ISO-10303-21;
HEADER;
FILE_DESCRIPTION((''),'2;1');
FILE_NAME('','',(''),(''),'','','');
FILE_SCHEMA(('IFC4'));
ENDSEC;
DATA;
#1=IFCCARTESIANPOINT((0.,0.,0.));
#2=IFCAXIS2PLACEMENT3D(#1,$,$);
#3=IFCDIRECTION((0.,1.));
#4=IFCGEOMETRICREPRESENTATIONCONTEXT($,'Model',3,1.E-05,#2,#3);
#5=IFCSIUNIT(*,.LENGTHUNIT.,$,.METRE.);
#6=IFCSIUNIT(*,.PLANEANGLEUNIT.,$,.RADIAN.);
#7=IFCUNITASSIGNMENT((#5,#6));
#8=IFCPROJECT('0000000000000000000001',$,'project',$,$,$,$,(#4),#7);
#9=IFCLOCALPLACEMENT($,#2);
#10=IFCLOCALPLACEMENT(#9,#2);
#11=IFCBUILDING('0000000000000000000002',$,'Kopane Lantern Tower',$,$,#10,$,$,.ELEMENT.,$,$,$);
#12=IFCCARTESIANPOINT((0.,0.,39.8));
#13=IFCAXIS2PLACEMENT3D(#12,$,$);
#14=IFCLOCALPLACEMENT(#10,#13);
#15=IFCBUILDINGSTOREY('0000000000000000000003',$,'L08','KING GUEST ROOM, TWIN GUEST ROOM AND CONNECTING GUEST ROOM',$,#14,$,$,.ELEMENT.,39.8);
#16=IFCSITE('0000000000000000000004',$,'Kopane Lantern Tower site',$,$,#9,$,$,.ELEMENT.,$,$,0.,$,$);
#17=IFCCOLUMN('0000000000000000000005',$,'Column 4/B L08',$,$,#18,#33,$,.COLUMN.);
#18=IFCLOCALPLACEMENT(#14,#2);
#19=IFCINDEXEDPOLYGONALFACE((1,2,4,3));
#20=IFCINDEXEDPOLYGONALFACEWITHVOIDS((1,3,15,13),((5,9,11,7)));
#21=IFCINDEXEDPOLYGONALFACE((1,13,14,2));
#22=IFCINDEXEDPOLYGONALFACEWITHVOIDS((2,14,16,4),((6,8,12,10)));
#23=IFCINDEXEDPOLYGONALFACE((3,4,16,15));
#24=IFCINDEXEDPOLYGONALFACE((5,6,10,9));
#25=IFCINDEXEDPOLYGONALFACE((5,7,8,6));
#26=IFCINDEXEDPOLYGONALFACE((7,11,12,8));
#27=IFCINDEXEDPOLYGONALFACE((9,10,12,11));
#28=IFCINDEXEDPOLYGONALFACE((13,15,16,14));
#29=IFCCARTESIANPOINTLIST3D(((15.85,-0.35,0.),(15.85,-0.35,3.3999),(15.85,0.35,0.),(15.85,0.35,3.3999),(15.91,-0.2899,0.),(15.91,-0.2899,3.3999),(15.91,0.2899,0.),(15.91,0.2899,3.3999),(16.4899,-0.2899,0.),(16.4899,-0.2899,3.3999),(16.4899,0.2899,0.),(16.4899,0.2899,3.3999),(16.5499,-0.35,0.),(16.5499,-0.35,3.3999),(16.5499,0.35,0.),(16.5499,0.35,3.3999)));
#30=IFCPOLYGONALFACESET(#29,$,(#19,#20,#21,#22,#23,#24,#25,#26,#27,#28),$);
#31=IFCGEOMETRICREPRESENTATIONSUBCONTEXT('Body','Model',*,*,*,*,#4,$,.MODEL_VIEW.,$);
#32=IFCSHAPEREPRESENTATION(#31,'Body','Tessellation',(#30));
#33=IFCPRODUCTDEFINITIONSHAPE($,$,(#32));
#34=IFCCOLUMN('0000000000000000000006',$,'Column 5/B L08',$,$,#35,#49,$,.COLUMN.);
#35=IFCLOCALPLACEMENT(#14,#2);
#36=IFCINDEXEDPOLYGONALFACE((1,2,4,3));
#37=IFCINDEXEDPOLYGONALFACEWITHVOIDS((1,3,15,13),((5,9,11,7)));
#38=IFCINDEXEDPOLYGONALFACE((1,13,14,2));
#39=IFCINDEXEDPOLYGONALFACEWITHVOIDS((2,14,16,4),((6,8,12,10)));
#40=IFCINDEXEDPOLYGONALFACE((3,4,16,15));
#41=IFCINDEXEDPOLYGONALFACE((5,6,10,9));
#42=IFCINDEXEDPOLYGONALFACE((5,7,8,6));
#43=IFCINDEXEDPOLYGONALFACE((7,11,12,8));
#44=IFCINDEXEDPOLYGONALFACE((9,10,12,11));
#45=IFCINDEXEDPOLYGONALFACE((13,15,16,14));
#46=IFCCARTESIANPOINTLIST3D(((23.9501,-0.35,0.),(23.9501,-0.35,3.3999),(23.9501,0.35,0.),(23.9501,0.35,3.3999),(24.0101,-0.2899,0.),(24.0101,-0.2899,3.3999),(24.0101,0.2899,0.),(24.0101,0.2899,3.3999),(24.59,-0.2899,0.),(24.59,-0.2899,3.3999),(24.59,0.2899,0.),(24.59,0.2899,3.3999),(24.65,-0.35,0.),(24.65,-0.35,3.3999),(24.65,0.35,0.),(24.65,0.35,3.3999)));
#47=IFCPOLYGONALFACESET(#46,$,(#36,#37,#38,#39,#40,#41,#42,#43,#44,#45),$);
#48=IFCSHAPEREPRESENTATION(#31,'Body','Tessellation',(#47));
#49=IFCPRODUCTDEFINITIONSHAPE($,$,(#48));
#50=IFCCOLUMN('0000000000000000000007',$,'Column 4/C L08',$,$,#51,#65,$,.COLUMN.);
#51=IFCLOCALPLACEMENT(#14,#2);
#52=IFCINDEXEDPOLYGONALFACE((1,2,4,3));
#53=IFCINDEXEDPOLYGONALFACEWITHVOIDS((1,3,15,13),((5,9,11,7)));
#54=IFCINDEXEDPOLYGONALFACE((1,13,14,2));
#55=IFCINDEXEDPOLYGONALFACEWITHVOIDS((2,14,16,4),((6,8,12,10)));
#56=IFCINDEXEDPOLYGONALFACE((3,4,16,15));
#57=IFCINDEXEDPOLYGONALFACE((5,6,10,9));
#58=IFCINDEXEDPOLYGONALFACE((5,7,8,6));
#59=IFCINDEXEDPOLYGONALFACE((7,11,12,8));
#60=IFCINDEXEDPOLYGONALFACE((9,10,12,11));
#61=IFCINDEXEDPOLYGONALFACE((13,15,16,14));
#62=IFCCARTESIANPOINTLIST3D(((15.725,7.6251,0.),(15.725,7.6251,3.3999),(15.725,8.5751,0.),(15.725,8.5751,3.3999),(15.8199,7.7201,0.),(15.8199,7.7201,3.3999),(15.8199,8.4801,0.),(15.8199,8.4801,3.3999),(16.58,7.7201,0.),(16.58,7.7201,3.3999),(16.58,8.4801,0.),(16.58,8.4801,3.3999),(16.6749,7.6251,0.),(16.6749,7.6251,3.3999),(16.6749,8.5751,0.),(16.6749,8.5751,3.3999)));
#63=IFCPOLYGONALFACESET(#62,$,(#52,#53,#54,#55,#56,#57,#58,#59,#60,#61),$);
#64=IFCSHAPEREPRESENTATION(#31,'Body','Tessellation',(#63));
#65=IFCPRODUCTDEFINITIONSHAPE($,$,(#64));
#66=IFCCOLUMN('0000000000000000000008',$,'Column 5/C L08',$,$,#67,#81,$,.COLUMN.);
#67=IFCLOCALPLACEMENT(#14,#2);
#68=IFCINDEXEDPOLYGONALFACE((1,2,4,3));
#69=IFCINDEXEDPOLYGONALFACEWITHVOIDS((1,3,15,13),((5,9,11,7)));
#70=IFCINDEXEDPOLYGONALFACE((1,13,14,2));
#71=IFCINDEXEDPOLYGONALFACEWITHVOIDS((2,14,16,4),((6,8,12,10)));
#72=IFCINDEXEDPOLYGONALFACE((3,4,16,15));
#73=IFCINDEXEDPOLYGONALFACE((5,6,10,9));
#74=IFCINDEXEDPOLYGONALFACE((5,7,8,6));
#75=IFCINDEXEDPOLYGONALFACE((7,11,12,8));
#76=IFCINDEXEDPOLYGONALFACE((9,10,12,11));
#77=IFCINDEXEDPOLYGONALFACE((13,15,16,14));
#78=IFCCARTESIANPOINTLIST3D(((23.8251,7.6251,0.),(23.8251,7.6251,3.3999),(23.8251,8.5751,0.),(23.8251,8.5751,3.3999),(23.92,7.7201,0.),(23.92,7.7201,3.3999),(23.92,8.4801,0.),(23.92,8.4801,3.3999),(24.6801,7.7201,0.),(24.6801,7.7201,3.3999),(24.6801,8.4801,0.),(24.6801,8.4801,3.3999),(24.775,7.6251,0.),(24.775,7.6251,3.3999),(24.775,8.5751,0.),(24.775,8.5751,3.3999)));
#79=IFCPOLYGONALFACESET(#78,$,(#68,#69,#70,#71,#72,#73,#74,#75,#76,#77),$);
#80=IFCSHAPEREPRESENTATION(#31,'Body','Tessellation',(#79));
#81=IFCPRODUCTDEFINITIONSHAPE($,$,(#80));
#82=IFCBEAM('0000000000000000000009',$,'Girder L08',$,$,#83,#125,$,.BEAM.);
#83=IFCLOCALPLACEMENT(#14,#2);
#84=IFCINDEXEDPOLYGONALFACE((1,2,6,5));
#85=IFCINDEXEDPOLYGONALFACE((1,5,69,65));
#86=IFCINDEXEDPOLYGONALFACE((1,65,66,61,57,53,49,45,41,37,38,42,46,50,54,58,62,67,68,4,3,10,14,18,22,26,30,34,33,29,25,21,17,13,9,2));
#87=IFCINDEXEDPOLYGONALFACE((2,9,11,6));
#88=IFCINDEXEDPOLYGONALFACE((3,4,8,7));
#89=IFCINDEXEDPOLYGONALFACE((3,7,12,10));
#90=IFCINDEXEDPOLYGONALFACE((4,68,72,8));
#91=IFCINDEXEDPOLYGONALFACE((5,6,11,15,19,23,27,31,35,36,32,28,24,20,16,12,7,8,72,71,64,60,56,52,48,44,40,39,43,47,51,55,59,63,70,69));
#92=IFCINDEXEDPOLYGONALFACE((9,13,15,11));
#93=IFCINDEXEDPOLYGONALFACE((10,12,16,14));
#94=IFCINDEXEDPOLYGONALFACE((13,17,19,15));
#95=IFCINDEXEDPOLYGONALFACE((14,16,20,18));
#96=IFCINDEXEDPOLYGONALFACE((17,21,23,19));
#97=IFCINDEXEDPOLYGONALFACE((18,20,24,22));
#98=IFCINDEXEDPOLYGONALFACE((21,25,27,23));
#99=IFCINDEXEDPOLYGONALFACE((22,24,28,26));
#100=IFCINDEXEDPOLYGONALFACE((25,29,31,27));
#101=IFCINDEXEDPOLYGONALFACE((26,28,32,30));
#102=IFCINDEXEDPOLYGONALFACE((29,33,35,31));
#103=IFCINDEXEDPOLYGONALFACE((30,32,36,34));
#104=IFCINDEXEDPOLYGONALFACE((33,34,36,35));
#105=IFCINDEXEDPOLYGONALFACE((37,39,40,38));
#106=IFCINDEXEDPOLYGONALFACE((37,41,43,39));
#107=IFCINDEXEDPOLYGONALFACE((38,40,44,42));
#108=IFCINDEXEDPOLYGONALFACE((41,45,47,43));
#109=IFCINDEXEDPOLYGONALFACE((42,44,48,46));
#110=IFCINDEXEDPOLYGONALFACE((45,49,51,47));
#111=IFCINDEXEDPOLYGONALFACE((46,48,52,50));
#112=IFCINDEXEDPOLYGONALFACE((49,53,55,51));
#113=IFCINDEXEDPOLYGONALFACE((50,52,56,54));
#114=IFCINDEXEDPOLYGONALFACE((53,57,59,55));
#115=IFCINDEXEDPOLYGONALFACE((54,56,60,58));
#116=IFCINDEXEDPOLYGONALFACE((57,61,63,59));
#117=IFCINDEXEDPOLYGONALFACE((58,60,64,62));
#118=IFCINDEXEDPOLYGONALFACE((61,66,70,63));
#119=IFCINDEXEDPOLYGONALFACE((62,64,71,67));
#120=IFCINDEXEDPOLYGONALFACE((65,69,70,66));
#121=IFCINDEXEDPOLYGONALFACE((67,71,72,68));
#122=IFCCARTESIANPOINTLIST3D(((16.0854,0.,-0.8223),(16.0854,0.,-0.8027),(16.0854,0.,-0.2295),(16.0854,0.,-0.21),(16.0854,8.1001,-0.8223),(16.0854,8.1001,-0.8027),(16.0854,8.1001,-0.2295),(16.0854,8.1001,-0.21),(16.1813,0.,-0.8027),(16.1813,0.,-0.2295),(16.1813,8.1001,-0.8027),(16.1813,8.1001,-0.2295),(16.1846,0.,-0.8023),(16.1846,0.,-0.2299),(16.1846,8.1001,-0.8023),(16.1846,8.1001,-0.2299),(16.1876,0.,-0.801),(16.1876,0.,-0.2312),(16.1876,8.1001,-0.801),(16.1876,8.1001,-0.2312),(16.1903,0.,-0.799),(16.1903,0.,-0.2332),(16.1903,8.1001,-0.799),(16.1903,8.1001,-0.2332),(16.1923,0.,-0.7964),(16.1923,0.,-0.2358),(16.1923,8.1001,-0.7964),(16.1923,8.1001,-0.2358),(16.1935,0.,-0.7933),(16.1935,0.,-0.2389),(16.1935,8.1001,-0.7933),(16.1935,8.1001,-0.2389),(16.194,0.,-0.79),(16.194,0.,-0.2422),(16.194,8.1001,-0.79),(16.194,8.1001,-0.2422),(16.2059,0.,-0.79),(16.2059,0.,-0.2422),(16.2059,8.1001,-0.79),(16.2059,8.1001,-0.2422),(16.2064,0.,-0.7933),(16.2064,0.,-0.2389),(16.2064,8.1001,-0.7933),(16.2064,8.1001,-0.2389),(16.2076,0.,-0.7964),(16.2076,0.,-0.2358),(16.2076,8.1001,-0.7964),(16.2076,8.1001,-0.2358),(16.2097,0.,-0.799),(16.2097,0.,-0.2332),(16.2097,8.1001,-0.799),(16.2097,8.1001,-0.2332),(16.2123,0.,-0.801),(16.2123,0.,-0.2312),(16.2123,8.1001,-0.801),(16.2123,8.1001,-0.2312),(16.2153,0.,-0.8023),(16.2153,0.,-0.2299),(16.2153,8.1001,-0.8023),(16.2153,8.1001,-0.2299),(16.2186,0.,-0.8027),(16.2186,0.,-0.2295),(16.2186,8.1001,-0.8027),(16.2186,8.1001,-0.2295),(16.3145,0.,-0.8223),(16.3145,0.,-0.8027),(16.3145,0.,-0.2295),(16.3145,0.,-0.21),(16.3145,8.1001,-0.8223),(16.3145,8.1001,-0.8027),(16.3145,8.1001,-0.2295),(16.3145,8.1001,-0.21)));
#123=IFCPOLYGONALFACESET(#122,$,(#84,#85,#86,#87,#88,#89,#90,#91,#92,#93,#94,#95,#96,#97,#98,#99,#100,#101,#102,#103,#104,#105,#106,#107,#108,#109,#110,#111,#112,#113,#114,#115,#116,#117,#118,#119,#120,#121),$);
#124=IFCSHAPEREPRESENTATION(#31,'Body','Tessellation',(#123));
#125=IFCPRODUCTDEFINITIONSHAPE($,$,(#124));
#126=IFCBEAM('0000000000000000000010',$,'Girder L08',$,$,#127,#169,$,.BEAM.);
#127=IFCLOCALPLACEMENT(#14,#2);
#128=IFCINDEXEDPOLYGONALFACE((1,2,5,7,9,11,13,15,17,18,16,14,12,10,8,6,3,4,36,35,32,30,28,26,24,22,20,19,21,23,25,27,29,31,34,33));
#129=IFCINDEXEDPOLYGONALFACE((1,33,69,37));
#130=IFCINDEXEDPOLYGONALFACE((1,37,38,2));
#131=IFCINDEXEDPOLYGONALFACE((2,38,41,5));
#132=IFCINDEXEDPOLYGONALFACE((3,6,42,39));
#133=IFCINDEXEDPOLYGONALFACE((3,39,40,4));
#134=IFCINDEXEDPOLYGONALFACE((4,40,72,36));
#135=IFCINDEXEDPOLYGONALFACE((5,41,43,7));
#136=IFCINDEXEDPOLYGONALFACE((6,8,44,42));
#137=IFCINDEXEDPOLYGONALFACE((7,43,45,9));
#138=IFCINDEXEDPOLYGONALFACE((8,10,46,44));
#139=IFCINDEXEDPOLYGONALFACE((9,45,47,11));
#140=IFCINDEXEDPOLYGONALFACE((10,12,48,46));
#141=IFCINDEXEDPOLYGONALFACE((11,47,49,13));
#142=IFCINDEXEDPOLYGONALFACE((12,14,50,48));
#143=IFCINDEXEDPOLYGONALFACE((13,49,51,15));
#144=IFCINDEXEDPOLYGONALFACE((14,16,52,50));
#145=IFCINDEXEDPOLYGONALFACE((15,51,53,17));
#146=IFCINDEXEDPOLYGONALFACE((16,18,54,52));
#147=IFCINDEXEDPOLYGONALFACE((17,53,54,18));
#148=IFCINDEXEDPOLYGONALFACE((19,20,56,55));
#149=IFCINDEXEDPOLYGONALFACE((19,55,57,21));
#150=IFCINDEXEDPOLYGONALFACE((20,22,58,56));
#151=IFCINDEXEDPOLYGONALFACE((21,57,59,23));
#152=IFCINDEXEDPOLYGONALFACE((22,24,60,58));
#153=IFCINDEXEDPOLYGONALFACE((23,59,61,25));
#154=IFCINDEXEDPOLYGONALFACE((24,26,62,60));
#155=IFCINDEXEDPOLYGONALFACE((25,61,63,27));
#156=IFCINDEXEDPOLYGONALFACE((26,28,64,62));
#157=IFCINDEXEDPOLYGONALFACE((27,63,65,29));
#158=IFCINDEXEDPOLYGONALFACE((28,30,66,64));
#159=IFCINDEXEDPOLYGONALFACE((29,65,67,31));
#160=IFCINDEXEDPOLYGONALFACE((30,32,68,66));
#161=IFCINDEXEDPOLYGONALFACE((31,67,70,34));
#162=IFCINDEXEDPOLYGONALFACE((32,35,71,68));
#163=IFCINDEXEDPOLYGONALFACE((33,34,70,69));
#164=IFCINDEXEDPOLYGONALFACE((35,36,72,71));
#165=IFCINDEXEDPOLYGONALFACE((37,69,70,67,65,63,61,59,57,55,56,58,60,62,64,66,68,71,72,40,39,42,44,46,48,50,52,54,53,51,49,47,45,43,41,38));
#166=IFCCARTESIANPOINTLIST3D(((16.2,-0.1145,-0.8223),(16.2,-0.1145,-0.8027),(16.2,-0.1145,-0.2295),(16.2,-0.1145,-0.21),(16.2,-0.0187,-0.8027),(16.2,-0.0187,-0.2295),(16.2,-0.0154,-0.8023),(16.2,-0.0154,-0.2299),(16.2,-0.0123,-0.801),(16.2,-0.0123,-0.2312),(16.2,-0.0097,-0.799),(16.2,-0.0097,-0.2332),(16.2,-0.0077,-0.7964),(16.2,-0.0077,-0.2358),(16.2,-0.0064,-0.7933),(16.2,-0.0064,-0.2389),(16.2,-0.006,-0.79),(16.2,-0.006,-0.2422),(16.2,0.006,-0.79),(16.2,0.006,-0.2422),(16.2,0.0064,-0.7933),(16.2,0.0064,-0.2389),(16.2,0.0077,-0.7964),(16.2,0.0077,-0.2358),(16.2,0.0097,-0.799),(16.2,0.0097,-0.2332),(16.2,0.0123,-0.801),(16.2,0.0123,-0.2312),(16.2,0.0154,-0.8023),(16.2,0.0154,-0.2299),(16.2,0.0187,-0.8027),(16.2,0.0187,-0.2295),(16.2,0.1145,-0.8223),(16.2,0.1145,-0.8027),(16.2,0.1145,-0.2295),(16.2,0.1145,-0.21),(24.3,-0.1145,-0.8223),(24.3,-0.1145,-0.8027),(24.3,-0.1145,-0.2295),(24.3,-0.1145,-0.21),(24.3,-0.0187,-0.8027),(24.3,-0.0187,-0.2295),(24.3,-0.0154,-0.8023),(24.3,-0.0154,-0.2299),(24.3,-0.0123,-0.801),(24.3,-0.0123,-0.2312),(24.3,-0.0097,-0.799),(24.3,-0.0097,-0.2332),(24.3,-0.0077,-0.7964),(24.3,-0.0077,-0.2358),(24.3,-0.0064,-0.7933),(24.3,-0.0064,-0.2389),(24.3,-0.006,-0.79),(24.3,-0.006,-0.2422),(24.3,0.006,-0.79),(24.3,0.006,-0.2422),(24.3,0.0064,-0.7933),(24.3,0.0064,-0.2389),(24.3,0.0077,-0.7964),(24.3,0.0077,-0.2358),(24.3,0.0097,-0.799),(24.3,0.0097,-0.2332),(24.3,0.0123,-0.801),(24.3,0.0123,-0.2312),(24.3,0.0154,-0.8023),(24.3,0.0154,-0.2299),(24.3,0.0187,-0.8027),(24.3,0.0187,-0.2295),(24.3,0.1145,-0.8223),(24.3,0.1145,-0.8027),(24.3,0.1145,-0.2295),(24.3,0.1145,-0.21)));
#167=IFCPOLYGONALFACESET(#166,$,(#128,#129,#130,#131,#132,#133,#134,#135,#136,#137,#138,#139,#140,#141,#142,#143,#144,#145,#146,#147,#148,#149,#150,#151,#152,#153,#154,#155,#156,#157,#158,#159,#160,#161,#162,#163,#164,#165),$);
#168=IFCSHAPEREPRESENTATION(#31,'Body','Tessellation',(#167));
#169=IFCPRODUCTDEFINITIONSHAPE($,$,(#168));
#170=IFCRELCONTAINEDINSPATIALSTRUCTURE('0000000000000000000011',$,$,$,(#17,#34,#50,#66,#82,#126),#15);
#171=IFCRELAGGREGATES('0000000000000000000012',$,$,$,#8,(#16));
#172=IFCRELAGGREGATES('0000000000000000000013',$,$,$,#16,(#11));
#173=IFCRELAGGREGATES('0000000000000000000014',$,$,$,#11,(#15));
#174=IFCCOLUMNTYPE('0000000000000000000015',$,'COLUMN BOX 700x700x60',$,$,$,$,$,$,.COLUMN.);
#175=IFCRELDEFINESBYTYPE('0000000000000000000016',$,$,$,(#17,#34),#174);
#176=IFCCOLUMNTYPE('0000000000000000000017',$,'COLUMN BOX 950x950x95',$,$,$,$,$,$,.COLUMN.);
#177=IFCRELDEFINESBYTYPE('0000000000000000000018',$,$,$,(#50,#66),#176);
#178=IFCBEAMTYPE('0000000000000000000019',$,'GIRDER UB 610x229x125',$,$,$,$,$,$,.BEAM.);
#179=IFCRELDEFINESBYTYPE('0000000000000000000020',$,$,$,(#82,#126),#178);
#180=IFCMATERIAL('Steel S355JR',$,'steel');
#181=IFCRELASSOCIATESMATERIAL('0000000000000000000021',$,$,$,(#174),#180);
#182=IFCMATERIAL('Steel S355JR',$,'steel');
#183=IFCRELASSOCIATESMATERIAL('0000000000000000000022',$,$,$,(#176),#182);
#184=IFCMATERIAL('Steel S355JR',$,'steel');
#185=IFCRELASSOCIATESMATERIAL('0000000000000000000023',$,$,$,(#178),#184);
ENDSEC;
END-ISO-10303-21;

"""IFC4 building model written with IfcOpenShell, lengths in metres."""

from ifc_helpers import new_model, si_unit, direction, frame, origin, origin_2d, place, context, subcontext, project, spatial, hollow_rectangle, i_section, extrude, material, material_profile, profile_set, type_object, element, save


model = new_model("IFC4")

# Units and contexts
model_context = context("Model", 3, precision=1e-05, world=origin(), true_north=direction((0.0, 1.0)))
body_context = subcontext(model_context, "Body", "Model", "MODEL_VIEW")
ifc_project = project(units=[si_unit("LENGTHUNIT", "METRE"), si_unit("PLANEANGLEUNIT", "RADIAN")], contexts=[model_context])

# Site, building, storey
site_placement = place(None, origin())
site = spatial("IfcSite", under=ifc_project, at=site_placement, Name="Kopane Lantern Tower site", CompositionType="ELEMENT", RefElevation=0.0)
building_placement = place(site_placement, origin())
building = spatial("IfcBuilding", under=site, at=building_placement, Name="Kopane Lantern Tower", CompositionType="ELEMENT")
storey_placement = place(building_placement, frame((0.0, 0.0, 39.8)))
storey = spatial("IfcBuildingStorey", under=building, at=storey_placement, Name="L08", Description="KING GUEST ROOM, TWIN GUEST ROOM AND CONNECTING GUEST ROOM", CompositionType="ELEMENT", Elevation=39.8)

# Columns
ifc_material_1 = material(Name="Steel S355JR", Category="steel")
ifc_material_profile_1 = material_profile(ifc_material_1, hollow_rectangle(XDim=0.7, YDim=0.7, WallThickness=0.0601, at=origin_2d()), Name="BOX 700x700x60")
ifc_profile_set_1 = profile_set([ifc_material_profile_1], Name="Steel S355JR")
column_type_1 = type_object("IfcColumnType", Name="COLUMN BOX 700x700x60", PredefinedType="COLUMN", material=ifc_profile_set_1)
for number, where, z_axis, x_axis, name in (
    (1, (16.2, 0.0, 0.0), (0.0, 0.0, 1.0), (1.0, 0.0, 0.0), "Column 4/B L08"),
    (2, (24.3, 0.0, 0.0), (0.0, 0.0, 1.0), (1.0, 0.0, 0.0), "Column 5/B L08"),
):
    element("IfcColumn", number, at=place(storey_placement, frame(where, z_axis=z_axis, x_axis=x_axis)), inside=storey, type_object=column_type_1, Name=name, PredefinedType="COLUMN", context=body_context, shape_type="SweptSolid", body=[
        extrude(hollow_rectangle(XDim=0.7, YDim=0.7, WallThickness=0.0601, at=origin_2d()), origin(), (0.0, 0.0, 1.0), 3.3999),
    ])
ifc_material_2 = material(Name="Steel S355JR", Category="steel")
ifc_material_profile_2 = material_profile(ifc_material_2, hollow_rectangle(XDim=0.95, YDim=0.95, WallThickness=0.095, at=origin_2d()), Name="BOX 950x950x95")
ifc_profile_set_2 = profile_set([ifc_material_profile_2], Name="Steel S355JR")
column_type_2 = type_object("IfcColumnType", Name="COLUMN BOX 950x950x95", PredefinedType="COLUMN", material=ifc_profile_set_2)
for number, where, z_axis, x_axis, name in (
    (3, (16.2, 8.1001, 0.0), (0.0, 0.0, 1.0), (1.0, 0.0, 0.0), "Column 4/C L08"),
    (4, (24.3, 8.1001, 0.0), (0.0, 0.0, 1.0), (1.0, 0.0, 0.0), "Column 5/C L08"),
):
    element("IfcColumn", number, at=place(storey_placement, frame(where, z_axis=z_axis, x_axis=x_axis)), inside=storey, type_object=column_type_2, Name=name, PredefinedType="COLUMN", context=body_context, shape_type="SweptSolid", body=[
        extrude(hollow_rectangle(XDim=0.95, YDim=0.95, WallThickness=0.095, at=origin_2d()), origin(), (0.0, 0.0, 1.0), 3.3999),
    ])

# Beams
ifc_material_3 = material(Name="Steel S355JR", Category="steel")
ifc_material_profile_3 = material_profile(ifc_material_3, i_section(OverallWidth=0.229, OverallDepth=0.6123, WebThickness=0.012, FlangeThickness=0.0195, FilletRadius=0.0127, at=origin_2d()), Name="UB 610x229x125")
ifc_profile_set_3 = profile_set([ifc_material_profile_3], Name="Steel S355JR")
beam_type = type_object("IfcBeamType", Name="GIRDER UB 610x229x125", PredefinedType="BEAM", material=ifc_profile_set_3)
for number, where, z_axis, x_axis, name in (
    (5, (16.2, 0.0, -0.5161), (0.0, 1.0, 0.0), (-1.0, 0.0, 0.0), "Girder L08"),
    (6, (16.2, 0.0, -0.5161), (1.0, 0.0, 0.0), (0.0, 1.0, 0.0), "Girder L08"),
):
    element("IfcBeam", number, at=place(storey_placement, frame(where, z_axis=z_axis, x_axis=x_axis)), inside=storey, type_object=beam_type, Name=name, PredefinedType="BEAM", context=body_context, shape_type="SweptSolid", body=[
        extrude(i_section(OverallWidth=0.229, OverallDepth=0.6123, WebThickness=0.012, FlangeThickness=0.0195, FilletRadius=0.0127, at=origin_2d()), origin(), (0.0, 0.0, 1.0), 8.1001),
    ])

save(model, "model.ifc")
